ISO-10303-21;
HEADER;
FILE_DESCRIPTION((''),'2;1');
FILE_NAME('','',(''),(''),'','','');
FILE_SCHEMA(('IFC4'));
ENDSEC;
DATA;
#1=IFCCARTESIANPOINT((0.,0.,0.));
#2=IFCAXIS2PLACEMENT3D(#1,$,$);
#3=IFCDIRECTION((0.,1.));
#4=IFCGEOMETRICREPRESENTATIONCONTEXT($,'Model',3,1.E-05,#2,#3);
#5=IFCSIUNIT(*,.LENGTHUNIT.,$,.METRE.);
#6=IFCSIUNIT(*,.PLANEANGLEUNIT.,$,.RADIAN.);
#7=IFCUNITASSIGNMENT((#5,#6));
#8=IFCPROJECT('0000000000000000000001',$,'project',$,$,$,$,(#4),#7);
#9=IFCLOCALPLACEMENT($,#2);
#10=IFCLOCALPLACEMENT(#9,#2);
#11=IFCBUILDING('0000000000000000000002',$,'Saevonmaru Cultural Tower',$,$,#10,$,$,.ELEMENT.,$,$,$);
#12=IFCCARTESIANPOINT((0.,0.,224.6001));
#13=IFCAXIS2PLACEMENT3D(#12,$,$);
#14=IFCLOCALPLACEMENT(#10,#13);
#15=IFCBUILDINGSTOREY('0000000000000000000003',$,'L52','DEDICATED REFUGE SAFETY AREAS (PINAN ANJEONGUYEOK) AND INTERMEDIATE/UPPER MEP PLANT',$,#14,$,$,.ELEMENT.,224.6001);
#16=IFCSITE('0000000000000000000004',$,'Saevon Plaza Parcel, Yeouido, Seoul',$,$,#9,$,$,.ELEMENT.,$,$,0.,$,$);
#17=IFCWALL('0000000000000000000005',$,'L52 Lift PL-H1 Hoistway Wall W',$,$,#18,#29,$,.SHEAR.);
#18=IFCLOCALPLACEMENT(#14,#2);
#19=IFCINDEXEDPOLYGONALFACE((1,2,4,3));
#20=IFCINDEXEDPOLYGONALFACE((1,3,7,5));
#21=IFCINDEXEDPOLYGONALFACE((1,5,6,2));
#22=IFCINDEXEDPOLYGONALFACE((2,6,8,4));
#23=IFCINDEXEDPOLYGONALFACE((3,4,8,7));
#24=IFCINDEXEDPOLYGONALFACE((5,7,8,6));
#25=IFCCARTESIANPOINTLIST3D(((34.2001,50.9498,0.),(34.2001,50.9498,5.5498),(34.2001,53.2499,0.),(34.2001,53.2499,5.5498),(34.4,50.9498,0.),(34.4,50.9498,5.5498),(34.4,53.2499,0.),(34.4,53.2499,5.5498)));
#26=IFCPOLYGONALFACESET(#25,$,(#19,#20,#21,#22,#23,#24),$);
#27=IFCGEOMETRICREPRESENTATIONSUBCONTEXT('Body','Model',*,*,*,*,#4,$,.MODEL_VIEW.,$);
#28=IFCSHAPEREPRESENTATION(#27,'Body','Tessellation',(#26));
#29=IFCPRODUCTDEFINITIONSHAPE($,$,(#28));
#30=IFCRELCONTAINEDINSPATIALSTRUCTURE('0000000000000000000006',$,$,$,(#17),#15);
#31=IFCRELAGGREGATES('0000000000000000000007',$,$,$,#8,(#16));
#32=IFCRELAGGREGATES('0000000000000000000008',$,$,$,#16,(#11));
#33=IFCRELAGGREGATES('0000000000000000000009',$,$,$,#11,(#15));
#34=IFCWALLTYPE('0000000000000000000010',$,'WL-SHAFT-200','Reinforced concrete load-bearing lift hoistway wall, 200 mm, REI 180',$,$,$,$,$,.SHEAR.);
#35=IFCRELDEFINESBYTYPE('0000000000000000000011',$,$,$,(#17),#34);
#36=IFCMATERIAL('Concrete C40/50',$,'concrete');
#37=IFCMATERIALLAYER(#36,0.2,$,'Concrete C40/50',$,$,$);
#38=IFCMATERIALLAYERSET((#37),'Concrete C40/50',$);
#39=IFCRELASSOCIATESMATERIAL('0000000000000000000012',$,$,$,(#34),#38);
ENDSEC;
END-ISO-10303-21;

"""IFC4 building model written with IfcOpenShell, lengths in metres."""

from ifc_helpers import new_model, si_unit, direction, frame, frame_2d, origin, place, context, subcontext, project, spatial, rectangle, extrude, material, layer, layer_set, type_object, element, save


model = new_model("IFC4")

# Units and contexts
model_context = context("Model", 3, precision=1e-05, world=origin(), true_north=direction((0.0, 1.0)))
body_context = subcontext(model_context, "Body", "Model", "MODEL_VIEW")
ifc_project = project(units=[si_unit("LENGTHUNIT", "METRE"), si_unit("PLANEANGLEUNIT", "RADIAN")], contexts=[model_context])

# Site, building, storey
site_placement = place(None, origin())
site = spatial("IfcSite", under=ifc_project, at=site_placement, Name="Saevon Plaza Parcel, Yeouido, Seoul", CompositionType="ELEMENT", RefElevation=0.0)
building_placement = place(site_placement, origin())
building = spatial("IfcBuilding", under=site, at=building_placement, Name="Saevonmaru Cultural Tower", CompositionType="ELEMENT")
storey_placement = place(building_placement, frame((0.0, 0.0, 224.6001)))
storey = spatial("IfcBuildingStorey", under=building, at=storey_placement, Name="L52", Description="DEDICATED REFUGE SAFETY AREAS (PINAN ANJEONGUYEOK) AND INTERMEDIATE/UPPER MEP PLANT", CompositionType="ELEMENT", Elevation=224.6001)

# Wall
ifc_material_1 = material(Name="Concrete C40/50", Category="concrete")
ifc_layer_1 = layer(ifc_material_1, 0.2, Name="Concrete C40/50")
ifc_layer_set_1 = layer_set([ifc_layer_1], Name="Concrete C40/50")
wall_type_1 = type_object("IfcWallType", Name="WL-SHAFT-200", Description="Reinforced concrete load-bearing lift hoistway wall, 200 mm, REI 180", PredefinedType="SHEAR", material=ifc_layer_set_1)
wall_1_placement = place(storey_placement, frame((34.3, 50.95, 0.0), z_axis=(0.0, 0.0, 1.0), x_axis=(0.0, 1.0, 0.0)))
element("IfcWall", 1, at=wall_1_placement, inside=storey, type_object=wall_type_1, Name="L52 Lift PL-H1 Hoistway Wall W", PredefinedType="SHEAR", context=body_context, shape_type="SweptSolid", body=[
    extrude(rectangle(XDim=2.3, YDim=0.2, at=frame_2d((1.1499, 0.0))), origin(), (0.0, 0.0, 1.0), 5.5498),
])

save(model, "model.ifc")
